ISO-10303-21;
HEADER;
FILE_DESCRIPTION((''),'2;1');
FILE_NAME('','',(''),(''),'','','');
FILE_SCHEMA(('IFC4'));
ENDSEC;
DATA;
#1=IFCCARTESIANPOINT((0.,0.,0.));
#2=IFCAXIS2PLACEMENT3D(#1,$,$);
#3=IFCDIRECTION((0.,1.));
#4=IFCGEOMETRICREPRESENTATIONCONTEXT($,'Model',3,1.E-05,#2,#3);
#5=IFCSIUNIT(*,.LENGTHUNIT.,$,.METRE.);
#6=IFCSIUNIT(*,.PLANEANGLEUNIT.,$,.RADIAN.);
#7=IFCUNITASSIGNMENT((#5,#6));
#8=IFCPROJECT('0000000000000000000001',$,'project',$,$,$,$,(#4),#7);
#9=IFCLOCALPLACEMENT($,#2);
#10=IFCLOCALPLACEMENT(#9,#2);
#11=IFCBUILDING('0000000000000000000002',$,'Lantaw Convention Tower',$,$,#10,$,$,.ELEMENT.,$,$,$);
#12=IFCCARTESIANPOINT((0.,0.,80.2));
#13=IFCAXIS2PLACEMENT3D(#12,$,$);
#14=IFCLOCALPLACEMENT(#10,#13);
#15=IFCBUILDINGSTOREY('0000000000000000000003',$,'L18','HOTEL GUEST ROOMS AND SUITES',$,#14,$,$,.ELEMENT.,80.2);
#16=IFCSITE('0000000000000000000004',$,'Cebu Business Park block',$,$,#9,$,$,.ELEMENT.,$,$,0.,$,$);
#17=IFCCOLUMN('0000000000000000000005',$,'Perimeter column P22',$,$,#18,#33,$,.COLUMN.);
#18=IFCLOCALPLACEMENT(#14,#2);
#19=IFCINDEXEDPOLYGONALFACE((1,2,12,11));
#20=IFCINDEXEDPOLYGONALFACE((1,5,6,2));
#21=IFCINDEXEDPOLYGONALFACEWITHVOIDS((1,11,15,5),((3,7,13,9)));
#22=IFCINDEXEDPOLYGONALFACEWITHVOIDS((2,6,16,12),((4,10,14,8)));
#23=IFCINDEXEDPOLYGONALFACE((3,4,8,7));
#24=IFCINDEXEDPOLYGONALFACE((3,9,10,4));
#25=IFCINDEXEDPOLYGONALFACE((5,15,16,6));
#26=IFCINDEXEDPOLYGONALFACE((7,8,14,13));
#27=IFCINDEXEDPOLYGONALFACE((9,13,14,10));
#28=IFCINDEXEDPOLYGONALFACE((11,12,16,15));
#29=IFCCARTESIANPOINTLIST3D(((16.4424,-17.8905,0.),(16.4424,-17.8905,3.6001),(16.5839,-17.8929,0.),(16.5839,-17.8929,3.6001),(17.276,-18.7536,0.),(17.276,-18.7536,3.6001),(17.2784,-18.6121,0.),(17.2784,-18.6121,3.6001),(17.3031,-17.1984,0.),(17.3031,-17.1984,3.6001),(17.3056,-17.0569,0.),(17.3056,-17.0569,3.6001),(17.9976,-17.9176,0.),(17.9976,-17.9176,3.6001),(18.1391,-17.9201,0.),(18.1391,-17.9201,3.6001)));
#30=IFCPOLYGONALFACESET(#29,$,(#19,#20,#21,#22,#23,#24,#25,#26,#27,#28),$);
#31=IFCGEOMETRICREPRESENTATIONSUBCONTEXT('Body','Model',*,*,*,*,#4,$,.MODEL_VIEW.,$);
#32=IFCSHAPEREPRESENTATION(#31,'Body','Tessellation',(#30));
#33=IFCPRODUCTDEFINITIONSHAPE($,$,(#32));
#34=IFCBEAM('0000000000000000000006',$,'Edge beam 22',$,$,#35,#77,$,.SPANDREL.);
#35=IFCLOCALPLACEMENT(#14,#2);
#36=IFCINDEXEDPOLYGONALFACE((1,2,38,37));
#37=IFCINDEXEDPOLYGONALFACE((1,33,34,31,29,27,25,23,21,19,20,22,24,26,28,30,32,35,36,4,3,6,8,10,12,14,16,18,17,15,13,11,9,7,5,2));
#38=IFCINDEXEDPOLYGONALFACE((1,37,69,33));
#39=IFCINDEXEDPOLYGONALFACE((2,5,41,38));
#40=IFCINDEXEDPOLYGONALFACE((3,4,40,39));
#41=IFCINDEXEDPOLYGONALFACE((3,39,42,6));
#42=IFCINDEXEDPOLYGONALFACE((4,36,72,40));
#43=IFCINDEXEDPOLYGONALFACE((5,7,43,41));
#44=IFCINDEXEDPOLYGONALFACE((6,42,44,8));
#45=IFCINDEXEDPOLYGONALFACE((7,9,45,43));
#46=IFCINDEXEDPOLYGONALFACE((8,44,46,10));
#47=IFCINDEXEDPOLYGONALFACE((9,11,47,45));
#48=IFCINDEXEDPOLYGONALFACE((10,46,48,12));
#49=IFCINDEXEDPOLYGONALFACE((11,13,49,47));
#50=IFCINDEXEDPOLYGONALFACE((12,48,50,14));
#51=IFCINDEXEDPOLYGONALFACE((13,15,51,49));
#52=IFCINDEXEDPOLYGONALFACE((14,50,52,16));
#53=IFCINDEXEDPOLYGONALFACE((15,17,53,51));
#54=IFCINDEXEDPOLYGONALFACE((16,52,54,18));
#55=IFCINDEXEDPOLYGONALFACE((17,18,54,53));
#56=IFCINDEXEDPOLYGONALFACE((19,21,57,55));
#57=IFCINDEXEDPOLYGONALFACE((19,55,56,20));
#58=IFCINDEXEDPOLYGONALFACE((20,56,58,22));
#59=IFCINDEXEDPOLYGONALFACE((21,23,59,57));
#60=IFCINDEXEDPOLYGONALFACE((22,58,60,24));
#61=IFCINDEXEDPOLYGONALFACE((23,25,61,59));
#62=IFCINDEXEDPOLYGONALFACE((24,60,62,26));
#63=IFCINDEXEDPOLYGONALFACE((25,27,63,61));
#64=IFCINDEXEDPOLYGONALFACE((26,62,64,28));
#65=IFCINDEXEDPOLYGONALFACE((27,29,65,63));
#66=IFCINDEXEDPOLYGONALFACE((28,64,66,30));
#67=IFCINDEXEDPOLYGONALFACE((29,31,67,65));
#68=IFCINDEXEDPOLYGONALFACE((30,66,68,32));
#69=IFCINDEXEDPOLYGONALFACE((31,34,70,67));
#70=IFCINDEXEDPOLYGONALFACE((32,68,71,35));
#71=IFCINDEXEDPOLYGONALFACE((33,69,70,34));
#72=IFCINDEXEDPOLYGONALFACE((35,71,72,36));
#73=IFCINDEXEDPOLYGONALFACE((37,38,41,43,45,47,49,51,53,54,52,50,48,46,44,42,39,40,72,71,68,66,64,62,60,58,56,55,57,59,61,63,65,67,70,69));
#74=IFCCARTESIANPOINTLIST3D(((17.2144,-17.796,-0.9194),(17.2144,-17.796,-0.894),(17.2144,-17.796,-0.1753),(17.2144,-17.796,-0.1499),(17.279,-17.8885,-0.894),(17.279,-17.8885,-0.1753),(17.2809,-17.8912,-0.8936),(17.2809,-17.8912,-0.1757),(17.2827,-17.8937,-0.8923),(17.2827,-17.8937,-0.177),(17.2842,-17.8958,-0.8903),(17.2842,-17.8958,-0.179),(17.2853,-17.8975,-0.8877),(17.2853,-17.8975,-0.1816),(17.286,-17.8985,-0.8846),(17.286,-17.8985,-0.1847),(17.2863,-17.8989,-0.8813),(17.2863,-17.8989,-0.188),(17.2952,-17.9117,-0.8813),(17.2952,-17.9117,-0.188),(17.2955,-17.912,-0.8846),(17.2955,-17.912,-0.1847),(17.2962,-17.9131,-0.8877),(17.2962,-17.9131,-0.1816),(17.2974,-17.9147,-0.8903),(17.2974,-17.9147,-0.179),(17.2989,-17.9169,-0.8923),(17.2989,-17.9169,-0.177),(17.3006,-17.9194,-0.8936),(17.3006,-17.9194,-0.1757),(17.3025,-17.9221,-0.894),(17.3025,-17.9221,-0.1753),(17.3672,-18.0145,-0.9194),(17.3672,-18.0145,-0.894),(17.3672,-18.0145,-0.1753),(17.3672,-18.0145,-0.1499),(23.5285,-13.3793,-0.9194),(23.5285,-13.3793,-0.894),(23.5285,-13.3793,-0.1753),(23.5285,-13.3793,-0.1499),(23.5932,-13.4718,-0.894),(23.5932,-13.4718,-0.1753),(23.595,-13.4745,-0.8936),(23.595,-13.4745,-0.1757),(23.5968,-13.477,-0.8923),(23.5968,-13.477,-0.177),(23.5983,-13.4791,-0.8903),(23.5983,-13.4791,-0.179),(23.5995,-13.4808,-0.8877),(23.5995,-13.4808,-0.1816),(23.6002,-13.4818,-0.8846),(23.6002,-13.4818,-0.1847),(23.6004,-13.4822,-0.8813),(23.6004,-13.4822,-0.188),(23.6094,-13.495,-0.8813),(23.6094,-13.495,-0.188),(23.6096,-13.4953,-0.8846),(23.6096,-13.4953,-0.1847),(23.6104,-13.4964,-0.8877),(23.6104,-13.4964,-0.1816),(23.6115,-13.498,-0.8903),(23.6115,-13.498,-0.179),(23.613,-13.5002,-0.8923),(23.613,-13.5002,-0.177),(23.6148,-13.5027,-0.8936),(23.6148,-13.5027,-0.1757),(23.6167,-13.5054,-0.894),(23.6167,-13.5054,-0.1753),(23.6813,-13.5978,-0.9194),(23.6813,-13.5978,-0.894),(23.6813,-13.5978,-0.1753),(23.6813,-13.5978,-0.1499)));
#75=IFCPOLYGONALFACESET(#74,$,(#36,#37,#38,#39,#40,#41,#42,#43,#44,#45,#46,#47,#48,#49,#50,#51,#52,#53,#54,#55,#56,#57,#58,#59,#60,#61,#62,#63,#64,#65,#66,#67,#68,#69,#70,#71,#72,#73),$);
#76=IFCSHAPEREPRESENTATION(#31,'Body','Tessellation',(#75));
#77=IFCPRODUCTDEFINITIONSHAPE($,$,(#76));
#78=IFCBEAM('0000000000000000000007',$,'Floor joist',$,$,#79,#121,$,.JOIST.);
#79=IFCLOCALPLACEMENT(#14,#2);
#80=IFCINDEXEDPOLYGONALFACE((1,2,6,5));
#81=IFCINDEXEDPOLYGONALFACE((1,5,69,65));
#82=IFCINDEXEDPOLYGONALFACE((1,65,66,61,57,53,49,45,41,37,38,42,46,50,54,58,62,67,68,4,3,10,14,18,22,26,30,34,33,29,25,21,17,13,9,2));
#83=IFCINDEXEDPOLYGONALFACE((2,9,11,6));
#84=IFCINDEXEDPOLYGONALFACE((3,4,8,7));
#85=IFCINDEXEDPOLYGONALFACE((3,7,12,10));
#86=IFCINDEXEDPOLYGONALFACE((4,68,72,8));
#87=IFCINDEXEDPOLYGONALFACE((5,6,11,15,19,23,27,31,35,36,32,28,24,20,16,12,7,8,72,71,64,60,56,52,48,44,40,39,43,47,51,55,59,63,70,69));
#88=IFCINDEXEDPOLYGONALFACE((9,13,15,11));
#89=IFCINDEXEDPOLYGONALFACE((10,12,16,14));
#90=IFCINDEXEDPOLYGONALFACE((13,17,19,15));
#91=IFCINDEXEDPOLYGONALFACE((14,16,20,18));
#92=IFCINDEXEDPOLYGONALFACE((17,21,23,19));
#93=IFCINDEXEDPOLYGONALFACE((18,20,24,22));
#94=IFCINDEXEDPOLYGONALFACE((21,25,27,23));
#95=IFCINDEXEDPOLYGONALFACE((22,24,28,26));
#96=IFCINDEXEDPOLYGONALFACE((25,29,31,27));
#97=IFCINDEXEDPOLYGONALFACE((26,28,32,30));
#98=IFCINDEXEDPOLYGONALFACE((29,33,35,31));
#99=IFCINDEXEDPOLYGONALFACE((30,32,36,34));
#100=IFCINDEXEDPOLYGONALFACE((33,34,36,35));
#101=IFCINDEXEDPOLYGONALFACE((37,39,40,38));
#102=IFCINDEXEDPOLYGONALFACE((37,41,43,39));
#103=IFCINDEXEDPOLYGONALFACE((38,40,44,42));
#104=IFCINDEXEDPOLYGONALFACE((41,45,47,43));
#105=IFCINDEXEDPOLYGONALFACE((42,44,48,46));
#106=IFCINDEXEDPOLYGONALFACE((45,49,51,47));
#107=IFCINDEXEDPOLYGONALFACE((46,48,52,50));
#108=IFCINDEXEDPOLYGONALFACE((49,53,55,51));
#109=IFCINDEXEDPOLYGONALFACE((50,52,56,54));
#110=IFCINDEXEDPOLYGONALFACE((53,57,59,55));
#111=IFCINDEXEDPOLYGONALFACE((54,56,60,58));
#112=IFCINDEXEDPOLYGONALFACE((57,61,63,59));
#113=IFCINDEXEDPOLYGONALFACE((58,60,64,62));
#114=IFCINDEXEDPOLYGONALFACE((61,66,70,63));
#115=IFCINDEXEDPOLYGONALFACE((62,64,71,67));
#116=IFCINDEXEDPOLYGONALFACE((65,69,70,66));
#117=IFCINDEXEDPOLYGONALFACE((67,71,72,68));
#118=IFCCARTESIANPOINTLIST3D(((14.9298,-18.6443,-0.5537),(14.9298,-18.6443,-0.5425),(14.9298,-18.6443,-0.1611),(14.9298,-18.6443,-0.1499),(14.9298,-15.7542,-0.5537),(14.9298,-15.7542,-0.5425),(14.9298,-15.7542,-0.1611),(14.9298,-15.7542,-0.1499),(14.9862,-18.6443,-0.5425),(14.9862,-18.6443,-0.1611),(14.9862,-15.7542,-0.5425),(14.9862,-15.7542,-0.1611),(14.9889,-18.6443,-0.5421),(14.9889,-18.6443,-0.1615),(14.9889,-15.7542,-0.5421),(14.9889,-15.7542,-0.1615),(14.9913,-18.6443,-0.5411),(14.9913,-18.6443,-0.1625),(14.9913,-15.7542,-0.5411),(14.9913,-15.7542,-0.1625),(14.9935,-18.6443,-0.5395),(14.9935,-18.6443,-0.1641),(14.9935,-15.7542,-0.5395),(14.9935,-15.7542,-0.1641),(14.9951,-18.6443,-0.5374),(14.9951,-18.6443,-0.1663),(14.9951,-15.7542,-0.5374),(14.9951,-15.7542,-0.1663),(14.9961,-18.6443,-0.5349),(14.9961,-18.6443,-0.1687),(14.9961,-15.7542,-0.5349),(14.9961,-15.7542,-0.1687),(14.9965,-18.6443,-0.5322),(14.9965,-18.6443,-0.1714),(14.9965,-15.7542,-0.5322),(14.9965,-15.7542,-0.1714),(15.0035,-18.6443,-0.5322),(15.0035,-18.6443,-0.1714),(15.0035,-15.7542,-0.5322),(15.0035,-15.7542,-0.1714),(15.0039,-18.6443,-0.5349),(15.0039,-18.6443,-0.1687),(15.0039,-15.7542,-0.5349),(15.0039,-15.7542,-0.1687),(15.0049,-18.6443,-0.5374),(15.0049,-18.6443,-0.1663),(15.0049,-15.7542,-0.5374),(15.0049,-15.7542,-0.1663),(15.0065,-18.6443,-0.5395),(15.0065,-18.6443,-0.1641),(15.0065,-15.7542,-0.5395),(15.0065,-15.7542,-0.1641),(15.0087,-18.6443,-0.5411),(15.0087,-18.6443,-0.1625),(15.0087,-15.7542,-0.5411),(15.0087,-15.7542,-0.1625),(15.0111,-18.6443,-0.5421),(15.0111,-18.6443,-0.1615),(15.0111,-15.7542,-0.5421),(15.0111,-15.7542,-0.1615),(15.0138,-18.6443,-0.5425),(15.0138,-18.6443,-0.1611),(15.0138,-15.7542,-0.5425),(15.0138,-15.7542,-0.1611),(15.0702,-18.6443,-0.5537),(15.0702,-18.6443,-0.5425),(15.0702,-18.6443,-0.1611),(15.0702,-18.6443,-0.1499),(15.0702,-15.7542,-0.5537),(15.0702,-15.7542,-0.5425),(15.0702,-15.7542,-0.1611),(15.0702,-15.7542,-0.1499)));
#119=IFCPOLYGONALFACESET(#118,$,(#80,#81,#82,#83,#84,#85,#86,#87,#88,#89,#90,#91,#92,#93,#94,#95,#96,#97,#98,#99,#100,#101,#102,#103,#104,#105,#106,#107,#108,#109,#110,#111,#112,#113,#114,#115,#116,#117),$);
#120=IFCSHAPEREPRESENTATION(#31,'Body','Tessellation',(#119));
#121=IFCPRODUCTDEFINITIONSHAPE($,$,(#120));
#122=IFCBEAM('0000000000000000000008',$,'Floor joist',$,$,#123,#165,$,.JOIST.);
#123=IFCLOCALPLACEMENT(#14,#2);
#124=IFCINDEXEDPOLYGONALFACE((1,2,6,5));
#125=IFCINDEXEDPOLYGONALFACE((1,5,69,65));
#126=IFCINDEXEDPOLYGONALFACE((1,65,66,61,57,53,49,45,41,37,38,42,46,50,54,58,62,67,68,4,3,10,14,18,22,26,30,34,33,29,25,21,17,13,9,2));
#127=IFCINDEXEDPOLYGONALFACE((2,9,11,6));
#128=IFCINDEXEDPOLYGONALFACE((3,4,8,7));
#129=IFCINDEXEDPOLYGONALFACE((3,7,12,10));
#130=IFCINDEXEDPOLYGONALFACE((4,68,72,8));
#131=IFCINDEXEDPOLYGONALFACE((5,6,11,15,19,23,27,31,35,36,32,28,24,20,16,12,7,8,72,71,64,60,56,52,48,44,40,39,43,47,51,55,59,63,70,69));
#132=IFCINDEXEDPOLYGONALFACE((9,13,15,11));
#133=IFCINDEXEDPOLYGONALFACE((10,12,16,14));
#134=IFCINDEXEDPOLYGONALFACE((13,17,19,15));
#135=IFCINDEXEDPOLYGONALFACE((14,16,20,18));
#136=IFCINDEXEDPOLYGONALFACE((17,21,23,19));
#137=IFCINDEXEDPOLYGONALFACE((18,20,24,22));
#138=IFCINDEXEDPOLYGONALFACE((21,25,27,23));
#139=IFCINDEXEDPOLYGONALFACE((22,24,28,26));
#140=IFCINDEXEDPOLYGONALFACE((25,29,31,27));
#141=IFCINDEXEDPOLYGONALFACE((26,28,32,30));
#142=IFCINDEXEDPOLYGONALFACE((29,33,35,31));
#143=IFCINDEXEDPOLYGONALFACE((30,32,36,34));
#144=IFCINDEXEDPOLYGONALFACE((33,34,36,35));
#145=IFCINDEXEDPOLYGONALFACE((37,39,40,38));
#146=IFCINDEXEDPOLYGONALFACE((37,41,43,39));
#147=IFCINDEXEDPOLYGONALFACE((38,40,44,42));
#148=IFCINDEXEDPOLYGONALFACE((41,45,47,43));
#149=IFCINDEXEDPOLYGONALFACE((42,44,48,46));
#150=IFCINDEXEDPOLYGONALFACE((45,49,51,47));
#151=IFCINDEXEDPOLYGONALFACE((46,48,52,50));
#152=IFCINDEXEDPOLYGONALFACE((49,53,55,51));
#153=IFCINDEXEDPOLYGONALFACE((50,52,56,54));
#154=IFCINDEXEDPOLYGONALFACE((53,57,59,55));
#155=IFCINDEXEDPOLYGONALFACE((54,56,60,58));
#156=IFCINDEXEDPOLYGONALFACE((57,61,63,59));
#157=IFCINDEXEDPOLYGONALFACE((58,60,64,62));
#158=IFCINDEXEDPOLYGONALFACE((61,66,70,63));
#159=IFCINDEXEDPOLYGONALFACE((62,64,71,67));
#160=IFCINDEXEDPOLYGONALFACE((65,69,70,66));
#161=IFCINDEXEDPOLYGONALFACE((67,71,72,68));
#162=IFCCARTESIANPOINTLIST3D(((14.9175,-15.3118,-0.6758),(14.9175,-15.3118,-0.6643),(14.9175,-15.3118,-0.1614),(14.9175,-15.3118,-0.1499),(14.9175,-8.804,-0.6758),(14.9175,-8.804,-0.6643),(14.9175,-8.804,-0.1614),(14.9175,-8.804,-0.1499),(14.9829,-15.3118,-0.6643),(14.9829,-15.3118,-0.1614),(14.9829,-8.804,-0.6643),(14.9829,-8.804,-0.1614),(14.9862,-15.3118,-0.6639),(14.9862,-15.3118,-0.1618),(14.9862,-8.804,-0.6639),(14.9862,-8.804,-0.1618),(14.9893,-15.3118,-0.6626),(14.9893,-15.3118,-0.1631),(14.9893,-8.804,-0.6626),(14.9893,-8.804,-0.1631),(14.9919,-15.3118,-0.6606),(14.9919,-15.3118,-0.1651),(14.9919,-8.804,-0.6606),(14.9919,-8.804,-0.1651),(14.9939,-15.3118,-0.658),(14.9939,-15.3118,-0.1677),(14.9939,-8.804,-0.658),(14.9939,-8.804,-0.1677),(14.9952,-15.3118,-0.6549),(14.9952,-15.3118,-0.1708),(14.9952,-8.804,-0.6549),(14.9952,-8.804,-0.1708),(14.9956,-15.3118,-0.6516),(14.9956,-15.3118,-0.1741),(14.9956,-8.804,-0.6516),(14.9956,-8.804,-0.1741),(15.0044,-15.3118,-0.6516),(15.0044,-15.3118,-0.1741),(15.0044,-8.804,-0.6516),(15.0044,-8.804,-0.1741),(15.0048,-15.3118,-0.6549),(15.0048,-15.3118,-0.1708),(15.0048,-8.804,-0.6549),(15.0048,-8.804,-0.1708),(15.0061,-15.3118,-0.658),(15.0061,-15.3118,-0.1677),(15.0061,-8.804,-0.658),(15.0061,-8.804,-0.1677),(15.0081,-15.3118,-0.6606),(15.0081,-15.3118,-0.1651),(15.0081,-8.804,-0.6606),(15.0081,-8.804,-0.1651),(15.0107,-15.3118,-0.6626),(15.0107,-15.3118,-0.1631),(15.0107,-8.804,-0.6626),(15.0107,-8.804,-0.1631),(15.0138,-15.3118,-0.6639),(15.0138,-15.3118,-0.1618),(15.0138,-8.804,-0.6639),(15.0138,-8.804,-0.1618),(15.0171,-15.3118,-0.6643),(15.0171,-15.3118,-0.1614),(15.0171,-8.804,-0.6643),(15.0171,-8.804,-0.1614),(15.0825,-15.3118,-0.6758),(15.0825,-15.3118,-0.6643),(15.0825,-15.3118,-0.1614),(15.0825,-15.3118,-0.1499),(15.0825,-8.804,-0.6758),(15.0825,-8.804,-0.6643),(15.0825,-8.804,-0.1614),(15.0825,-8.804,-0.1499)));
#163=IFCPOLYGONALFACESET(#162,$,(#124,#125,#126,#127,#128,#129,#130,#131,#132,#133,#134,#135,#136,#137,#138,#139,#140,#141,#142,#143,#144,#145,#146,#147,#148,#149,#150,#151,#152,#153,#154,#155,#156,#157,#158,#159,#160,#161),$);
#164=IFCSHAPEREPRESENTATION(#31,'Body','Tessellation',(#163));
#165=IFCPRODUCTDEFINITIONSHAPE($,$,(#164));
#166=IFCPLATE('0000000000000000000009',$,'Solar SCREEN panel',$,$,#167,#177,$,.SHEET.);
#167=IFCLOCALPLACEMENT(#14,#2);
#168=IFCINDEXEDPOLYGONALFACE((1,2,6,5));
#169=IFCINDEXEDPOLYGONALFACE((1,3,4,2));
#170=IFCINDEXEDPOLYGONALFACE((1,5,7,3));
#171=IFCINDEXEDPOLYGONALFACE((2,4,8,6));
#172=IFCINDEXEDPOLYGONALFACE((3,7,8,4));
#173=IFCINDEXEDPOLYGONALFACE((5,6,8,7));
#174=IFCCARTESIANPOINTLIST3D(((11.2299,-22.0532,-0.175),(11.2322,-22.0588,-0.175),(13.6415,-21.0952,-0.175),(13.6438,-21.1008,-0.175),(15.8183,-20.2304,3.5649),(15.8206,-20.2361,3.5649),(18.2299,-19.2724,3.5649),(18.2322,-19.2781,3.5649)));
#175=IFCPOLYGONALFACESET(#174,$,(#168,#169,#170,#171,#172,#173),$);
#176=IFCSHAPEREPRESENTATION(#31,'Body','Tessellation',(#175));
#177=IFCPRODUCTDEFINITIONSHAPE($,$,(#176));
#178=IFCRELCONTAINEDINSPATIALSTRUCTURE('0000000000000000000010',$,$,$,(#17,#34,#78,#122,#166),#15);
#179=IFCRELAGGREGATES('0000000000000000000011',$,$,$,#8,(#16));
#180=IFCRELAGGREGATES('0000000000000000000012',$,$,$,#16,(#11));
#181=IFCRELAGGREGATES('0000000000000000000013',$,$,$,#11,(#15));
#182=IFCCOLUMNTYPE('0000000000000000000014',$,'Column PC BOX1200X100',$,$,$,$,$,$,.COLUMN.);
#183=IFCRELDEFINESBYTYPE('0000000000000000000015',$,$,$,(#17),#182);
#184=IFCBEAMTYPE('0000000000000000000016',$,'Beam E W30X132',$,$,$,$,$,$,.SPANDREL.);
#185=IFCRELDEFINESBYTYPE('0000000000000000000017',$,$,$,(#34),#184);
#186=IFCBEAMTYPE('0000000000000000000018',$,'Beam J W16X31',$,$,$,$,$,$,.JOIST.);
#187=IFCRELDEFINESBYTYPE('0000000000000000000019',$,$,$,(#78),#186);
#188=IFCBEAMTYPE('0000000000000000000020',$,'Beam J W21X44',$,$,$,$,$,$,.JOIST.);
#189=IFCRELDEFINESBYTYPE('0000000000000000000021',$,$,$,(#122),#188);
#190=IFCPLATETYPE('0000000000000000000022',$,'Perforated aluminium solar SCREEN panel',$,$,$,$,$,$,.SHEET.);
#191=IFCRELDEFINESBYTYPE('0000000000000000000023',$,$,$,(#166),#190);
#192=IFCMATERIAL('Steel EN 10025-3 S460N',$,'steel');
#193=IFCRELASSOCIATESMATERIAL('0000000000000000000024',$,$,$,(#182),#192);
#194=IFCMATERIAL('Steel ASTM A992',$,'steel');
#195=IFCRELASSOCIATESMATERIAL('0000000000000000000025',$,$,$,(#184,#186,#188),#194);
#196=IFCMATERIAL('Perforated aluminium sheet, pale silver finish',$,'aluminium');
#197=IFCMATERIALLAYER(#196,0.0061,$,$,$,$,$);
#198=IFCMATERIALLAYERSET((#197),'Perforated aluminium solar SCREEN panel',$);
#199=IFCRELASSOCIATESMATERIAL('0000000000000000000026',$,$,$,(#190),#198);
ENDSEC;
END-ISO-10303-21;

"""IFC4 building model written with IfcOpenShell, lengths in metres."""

from ifc_helpers import new_model, si_unit, direction, frame, origin, origin_2d, place, context, subcontext, project, spatial, polyline, rectangle, hollow_rectangle, i_section, outline, extrude, material, layer, layer_set, material_profile, profile_set, type_object, element, save


model = new_model("IFC4")

# Units and contexts
model_context = context("Model", 3, precision=1e-05, world=origin(), true_north=direction((0.0, 1.0)))
body_context = subcontext(model_context, "Body", "Model", "MODEL_VIEW")
ifc_project = project(units=[si_unit("LENGTHUNIT", "METRE"), si_unit("PLANEANGLEUNIT", "RADIAN")], contexts=[model_context])

# Site, building, storey
site_placement = place(None, origin())
site = spatial("IfcSite", under=ifc_project, at=site_placement, Name="Cebu Business Park block", CompositionType="ELEMENT", RefElevation=0.0)
building_placement = place(site_placement, origin())
building = spatial("IfcBuilding", under=site, at=building_placement, Name="Lantaw Convention Tower", CompositionType="ELEMENT")
storey_placement = place(building_placement, frame((0.0, 0.0, 80.2)))
storey = spatial("IfcBuildingStorey", under=building, at=storey_placement, Name="L18", Description="HOTEL GUEST ROOMS AND SUITES", CompositionType="ELEMENT", Elevation=80.2)

# Column
ifc_material_1 = material(Name="Steel EN 10025-3 S460N", Category="steel")
ifc_material_profile_1 = material_profile(ifc_material_1, hollow_rectangle(XDim=1.2, YDim=1.2, WallThickness=0.1001, at=origin_2d()), Name="BOX1200X100")
ifc_material_2 = material(Name="Concrete C60/75", Category="concrete")
ifc_material_profile_2 = material_profile(ifc_material_2, rectangle(XDim=1.0, YDim=1.0, at=origin_2d()), Name="Concrete fill of BOX1200X100")
ifc_profile_set_1 = profile_set([ifc_material_profile_1, ifc_material_profile_2], Name="Steel EN 10025-3 S460N")
column_type = type_object("IfcColumnType", Name="Column PC BOX1200X100", PredefinedType="COLUMN", material=ifc_profile_set_1)
column_placement = place(storey_placement, frame((17.2908, -17.9053, 0.0), z_axis=(0.0, 0.0, 1.0), x_axis=(0.71934, 0.694658, 0.0)))
element("IfcColumn", 1, at=column_placement, inside=storey, type_object=column_type, Name="Perimeter column P22", PredefinedType="COLUMN", context=body_context, shape_type="SweptSolid", body=[
    extrude(hollow_rectangle(XDim=1.2, YDim=1.2, WallThickness=0.1001, at=origin_2d()), origin(), (0.0, 0.0, 1.0), 3.6001),
])

# Beams
ifc_material_3 = material(Name="Steel ASTM A992", Category="steel")
ifc_material_profile_3 = material_profile(ifc_material_3, i_section(OverallWidth=0.2666, OverallDepth=0.7695, WebThickness=0.0156, FlangeThickness=0.0254, FilletRadius=0.0127, at=origin_2d()), Name="W30X132")
ifc_profile_set_2 = profile_set([ifc_material_profile_3], Name="Steel ASTM A992")
beam_type_1 = type_object("IfcBeamType", Name="Beam E W30X132", PredefinedType="SPANDREL", material=ifc_profile_set_2)
beam_1_placement = place(storey_placement, frame((17.2908, -17.9053, -0.5347), z_axis=(0.819427, 0.573184, 0.0), x_axis=(-0.573184, 0.819427, 0.0)))
element("IfcBeam", 2, at=beam_1_placement, inside=storey, type_object=beam_type_1, Name="Edge beam 22", PredefinedType="SPANDREL", context=body_context, shape_type="SweptSolid", body=[
    extrude(i_section(OverallWidth=0.2666, OverallDepth=0.7695, WebThickness=0.0156, FlangeThickness=0.0254, FilletRadius=0.0127, at=origin_2d()), origin(), (0.0, 0.0, 1.0), 7.7056),
])
ifc_material_profile_4 = material_profile(ifc_material_3, i_section(OverallWidth=0.1404, OverallDepth=0.4038, WebThickness=0.0071, FlangeThickness=0.0112, FilletRadius=0.0103, at=origin_2d()), Name="W16X31")
ifc_profile_set_3 = profile_set([ifc_material_profile_4], Name="Steel ASTM A992")
beam_type_2 = type_object("IfcBeamType", Name="Beam J W16X31", PredefinedType="JOIST", material=ifc_profile_set_3)
beam_2_placement = place(storey_placement, frame((15.0, -18.6443, -0.3518), z_axis=(0.0, 1.0, 0.0), x_axis=(-1.0, 0.0, 0.0)))
element("IfcBeam", 3, at=beam_2_placement, inside=storey, type_object=beam_type_2, Name="Floor joist", PredefinedType="JOIST", context=body_context, shape_type="SweptSolid", body=[
    extrude(i_section(OverallWidth=0.1404, OverallDepth=0.4038, WebThickness=0.0071, FlangeThickness=0.0112, FilletRadius=0.0103, at=origin_2d()), origin(), (0.0, 0.0, 1.0), 2.8901),
])
ifc_material_profile_5 = material_profile(ifc_material_3, i_section(OverallWidth=0.165, OverallDepth=0.5259, WebThickness=0.0088, FlangeThickness=0.0115, FilletRadius=0.0127, at=origin_2d()), Name="W21X44")
ifc_profile_set_4 = profile_set([ifc_material_profile_5], Name="Steel ASTM A992")
beam_type_3 = type_object("IfcBeamType", Name="Beam J W21X44", PredefinedType="JOIST", material=ifc_profile_set_4)
beam_3_placement = place(storey_placement, frame((15.0, -15.3118, -0.4128), z_axis=(0.0, 1.0, 0.0), x_axis=(-1.0, 0.0, 0.0)))
element("IfcBeam", 4, at=beam_3_placement, inside=storey, type_object=beam_type_3, Name="Floor joist", PredefinedType="JOIST", context=body_context, shape_type="SweptSolid", body=[
    extrude(i_section(OverallWidth=0.165, OverallDepth=0.5259, WebThickness=0.0088, FlangeThickness=0.0115, FilletRadius=0.0127, at=origin_2d()), origin(), (0.0, 0.0, 1.0), 6.5078),
])

# Plate
ifc_material_4 = material(Name="Perforated aluminium sheet, pale silver finish", Category="aluminium")
ifc_layer_1 = layer(ifc_material_4, 0.0061)
ifc_layer_set_1 = layer_set([ifc_layer_1], Name="Perforated aluminium solar SCREEN panel")
plate_type = type_object("IfcPlateType", Name="Perforated aluminium solar SCREEN panel", PredefinedType="SHEET", material=ifc_layer_set_1)
plate_placement = place(storey_placement, frame((11.2322, -22.0588, -0.175), z_axis=(0.369184, -0.929357, 0.000009), x_axis=(0.929357, 0.369184, 0.0)))
element("IfcPlate", 5, at=plate_placement, inside=storey, type_object=plate_type, Name="Solar SCREEN panel", PredefinedType="SHEET", context=body_context, shape_type="SweptSolid", body=[
    extrude(outline(polyline([(0.0, 0.0), (2.5949, 0.0), (7.5321, 3.74), (4.9372, 3.74), (0.0, 0.0)])), origin(), (0.0, 0.0, -1.0), 0.0061),
])

save(model, "model.ifc")
